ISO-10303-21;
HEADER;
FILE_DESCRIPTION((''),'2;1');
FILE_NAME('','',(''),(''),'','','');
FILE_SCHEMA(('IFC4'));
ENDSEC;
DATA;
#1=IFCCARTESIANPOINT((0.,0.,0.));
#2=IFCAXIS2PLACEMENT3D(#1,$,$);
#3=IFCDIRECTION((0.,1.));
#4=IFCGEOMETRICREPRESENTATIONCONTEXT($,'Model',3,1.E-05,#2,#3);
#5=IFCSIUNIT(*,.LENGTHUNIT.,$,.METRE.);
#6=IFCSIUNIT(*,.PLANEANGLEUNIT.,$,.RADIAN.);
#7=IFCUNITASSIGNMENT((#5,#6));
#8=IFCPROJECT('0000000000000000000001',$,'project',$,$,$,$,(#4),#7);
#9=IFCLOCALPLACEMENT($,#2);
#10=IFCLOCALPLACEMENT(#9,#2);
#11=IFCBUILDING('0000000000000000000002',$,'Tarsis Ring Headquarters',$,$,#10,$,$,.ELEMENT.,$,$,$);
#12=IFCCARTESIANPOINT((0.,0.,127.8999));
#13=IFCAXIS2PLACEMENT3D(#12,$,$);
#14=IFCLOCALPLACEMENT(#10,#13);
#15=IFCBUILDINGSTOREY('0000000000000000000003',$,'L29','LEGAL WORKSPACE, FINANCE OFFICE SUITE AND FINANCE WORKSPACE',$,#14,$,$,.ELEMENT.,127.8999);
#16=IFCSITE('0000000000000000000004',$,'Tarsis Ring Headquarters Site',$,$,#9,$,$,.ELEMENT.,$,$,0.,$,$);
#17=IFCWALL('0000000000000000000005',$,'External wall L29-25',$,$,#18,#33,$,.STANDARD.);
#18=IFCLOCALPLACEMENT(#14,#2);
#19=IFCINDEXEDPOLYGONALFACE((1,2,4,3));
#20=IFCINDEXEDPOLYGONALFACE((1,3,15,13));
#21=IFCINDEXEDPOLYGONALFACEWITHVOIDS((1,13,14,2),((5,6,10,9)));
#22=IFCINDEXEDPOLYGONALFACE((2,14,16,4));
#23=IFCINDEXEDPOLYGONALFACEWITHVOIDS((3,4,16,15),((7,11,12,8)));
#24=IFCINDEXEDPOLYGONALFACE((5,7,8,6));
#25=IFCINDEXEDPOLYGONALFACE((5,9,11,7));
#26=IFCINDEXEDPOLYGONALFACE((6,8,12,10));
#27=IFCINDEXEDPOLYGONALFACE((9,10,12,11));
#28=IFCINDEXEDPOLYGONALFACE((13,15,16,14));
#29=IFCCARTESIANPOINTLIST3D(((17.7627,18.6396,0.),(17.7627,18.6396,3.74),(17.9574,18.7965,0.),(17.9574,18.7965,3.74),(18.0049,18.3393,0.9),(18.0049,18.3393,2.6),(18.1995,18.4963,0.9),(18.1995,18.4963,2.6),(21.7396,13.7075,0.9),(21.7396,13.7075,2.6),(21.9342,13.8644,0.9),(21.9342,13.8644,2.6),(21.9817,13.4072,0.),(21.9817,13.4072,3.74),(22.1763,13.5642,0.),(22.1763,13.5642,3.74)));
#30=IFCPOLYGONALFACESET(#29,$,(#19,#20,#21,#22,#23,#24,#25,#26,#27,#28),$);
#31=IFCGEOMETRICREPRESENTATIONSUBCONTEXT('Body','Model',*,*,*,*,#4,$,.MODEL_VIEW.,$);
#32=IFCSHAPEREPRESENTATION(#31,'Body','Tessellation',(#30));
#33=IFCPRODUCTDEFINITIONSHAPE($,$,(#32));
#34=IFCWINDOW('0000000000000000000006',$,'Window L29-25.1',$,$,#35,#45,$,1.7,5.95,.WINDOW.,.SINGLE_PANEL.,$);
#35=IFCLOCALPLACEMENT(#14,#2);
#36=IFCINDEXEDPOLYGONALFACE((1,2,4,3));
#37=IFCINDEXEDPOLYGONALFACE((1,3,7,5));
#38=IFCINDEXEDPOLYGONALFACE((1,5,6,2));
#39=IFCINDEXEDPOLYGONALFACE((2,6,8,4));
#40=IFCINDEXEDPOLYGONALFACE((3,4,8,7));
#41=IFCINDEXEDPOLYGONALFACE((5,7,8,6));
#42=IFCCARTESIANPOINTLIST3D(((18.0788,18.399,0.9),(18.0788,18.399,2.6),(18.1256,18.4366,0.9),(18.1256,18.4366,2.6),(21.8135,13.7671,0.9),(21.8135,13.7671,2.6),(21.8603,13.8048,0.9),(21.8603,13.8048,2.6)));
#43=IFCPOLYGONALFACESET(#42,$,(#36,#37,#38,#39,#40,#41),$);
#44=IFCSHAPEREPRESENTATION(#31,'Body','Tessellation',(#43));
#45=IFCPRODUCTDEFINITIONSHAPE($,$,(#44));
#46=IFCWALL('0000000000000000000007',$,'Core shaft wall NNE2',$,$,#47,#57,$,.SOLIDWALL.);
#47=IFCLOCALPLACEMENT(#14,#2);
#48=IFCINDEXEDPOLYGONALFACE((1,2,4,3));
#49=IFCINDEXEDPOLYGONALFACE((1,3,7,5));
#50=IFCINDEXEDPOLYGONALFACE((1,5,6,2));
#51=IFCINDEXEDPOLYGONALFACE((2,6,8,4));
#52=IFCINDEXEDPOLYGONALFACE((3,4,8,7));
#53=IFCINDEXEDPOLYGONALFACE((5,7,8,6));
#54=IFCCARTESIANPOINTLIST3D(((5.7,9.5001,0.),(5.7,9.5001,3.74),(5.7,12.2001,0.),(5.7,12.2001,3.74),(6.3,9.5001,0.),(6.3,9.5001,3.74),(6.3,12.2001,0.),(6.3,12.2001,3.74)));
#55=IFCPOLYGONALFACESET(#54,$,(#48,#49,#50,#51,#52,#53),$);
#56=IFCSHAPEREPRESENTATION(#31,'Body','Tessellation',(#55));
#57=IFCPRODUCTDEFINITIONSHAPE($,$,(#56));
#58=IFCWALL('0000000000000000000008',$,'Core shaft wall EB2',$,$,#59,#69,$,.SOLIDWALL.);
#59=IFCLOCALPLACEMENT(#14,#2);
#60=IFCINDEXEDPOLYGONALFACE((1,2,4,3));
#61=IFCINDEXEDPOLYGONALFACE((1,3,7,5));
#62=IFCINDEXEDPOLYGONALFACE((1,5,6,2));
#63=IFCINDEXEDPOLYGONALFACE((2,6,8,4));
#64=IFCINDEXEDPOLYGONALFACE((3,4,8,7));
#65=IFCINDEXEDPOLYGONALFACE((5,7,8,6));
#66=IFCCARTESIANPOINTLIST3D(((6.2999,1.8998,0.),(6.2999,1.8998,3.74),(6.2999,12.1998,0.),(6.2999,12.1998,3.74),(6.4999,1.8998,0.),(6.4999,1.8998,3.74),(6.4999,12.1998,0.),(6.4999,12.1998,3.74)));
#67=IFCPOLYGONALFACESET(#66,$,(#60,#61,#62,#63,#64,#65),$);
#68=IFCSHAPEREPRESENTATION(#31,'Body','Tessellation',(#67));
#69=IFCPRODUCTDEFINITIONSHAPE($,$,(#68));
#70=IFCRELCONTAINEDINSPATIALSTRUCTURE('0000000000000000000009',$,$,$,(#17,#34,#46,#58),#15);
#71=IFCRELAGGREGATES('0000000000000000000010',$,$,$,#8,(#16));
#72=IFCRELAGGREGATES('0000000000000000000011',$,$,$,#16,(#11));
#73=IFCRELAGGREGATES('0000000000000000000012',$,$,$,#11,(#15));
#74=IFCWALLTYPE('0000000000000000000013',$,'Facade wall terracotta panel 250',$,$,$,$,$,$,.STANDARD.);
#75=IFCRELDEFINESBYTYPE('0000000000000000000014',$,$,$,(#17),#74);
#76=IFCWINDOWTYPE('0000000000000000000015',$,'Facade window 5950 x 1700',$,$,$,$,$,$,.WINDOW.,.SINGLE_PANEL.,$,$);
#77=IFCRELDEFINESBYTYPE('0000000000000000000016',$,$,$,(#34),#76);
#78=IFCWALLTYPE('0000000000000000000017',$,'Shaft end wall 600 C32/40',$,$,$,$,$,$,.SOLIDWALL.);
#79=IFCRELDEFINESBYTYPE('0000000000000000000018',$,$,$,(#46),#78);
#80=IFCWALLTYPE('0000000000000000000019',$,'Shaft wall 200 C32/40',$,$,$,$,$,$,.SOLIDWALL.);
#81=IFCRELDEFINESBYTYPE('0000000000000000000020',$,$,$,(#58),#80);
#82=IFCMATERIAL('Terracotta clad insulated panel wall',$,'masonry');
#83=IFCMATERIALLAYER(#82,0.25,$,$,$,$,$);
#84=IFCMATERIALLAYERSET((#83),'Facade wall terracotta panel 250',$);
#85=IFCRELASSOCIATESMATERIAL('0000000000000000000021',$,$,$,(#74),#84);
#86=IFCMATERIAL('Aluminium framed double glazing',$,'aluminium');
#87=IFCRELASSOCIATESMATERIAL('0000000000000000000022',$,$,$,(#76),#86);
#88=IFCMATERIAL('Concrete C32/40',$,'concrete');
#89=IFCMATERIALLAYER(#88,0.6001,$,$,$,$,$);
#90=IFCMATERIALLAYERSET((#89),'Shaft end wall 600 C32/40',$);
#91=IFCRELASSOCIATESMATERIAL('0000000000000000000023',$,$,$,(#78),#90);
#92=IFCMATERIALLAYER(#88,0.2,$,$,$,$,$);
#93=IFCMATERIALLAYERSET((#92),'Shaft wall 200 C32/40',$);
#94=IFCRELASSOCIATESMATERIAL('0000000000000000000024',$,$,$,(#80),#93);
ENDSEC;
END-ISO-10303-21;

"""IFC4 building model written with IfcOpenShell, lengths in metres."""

from ifc_helpers import new_model, si_unit, direction, frame, frame_2d, origin, place, context, subcontext, project, spatial, rectangle, extrude, material, layer, layer_set, type_object, element, fill, save


model = new_model("IFC4")

# Units and contexts
model_context = context("Model", 3, precision=1e-05, world=origin(), true_north=direction((0.0, 1.0)))
body_context = subcontext(model_context, "Body", "Model", "MODEL_VIEW")
ifc_project = project(units=[si_unit("LENGTHUNIT", "METRE"), si_unit("PLANEANGLEUNIT", "RADIAN")], contexts=[model_context])

# Site, building, storey
site_placement = place(None, origin())
site = spatial("IfcSite", under=ifc_project, at=site_placement, Name="Tarsis Ring Headquarters Site", CompositionType="ELEMENT", RefElevation=0.0)
building_placement = place(site_placement, origin())
building = spatial("IfcBuilding", under=site, at=building_placement, Name="Tarsis Ring Headquarters", CompositionType="ELEMENT")
storey_placement = place(building_placement, frame((0.0, 0.0, 127.8999)))
storey = spatial("IfcBuildingStorey", under=building, at=storey_placement, Name="L29", Description="LEGAL WORKSPACE, FINANCE OFFICE SUITE AND FINANCE WORKSPACE", CompositionType="ELEMENT", Elevation=127.8999)

# Wall, opening, window
ifc_material_1 = material(Name="Terracotta clad insulated panel wall", Category="masonry")
ifc_layer_1 = layer(ifc_material_1, 0.25)
ifc_layer_set_1 = layer_set([ifc_layer_1], Name="Facade wall terracotta panel 250")
wall_type_1 = type_object("IfcWallType", Name="Facade wall terracotta panel 250", PredefinedType="STANDARD", material=ifc_layer_set_1)
ifc_material_2 = material(Name="Aluminium framed double glazing", Category="aluminium")
window_type = type_object("IfcWindowType", Name="Facade window 5950 x 1700", PartitioningType="SINGLE_PANEL", PredefinedType="WINDOW", material=ifc_material_2)
wall_1_placement = place(storey_placement, frame((22.0791, 13.4856, 0.0), z_axis=(0.0, 0.0, 1.0), x_axis=(-0.627689, 0.778464, 0.0)))
wall_1 = element("IfcWall", 1, at=wall_1_placement, inside=storey, type_object=wall_type_1, Name="External wall L29-25", PredefinedType="STANDARD", context=body_context, shape_type="SweptSolid", body=[
    extrude(rectangle(XDim=6.7214, YDim=0.25, at=frame_2d((3.3608, 0.0))), origin(), (0.0, 0.0, 1.0), 3.74),
])
opening_1_placement = place(wall_1_placement, frame((0.3857, 0.0, 0.8999)))
opening_1 = element("IfcOpeningElement", 2, at=opening_1_placement, cuts=wall_1, PredefinedType="OPENING", context=body_context, shape_type="SweptSolid", body=[
    extrude(rectangle(XDim=5.95, YDim=1.7, at=frame_2d((2.9751, 0.8501))), frame((0.0, 0.135, 0.0), z_axis=(0.0, -1.0, 0.0), x_axis=(1.0, 0.0, 0.0)), (0.0, 0.0, 1.0), 0.27),
])
window_1_placement = place(opening_1_placement, origin())
window_1 = element("IfcWindow", 3, at=window_1_placement, inside=storey, type_object=window_type, Name="Window L29-25.1", OverallHeight=1.7, OverallWidth=5.95, PartitioningType="SINGLE_PANEL", PredefinedType="WINDOW", context=body_context, shape_type="SweptSolid", body=[
    extrude(rectangle(XDim=5.95, YDim=1.7, at=frame_2d((2.9751, 0.8501))), frame((0.0, 0.03, 0.0), z_axis=(0.0, -1.0, 0.0), x_axis=(1.0, 0.0, 0.0)), (0.0, 0.0, 1.0), 0.0601),
])
fill(opening_1, window_1)

# Walls
ifc_material_3 = material(Name="Concrete C32/40", Category="concrete")
ifc_layer_2 = layer(ifc_material_3, 0.6001)
ifc_layer_set_2 = layer_set([ifc_layer_2], Name="Shaft end wall 600 C32/40")
wall_type_2 = type_object("IfcWallType", Name="Shaft end wall 600 C32/40", PredefinedType="SOLIDWALL", material=ifc_layer_set_2)
wall_2_placement = place(storey_placement, frame((6.0, 9.5, 0.0), z_axis=(0.0, 0.0, 1.0), x_axis=(0.0, 1.0, 0.0)))
element("IfcWall", 4, at=wall_2_placement, inside=storey, type_object=wall_type_2, Name="Core shaft wall NNE2", PredefinedType="SOLIDWALL", context=body_context, shape_type="SweptSolid", body=[
    extrude(rectangle(XDim=2.7, YDim=0.6001, at=frame_2d((1.3501, 0.0))), origin(), (0.0, 0.0, 1.0), 3.74),
])
ifc_layer_3 = layer(ifc_material_3, 0.2)
ifc_layer_set_3 = layer_set([ifc_layer_3], Name="Shaft wall 200 C32/40")
wall_type_3 = type_object("IfcWallType", Name="Shaft wall 200 C32/40", PredefinedType="SOLIDWALL", material=ifc_layer_set_3)
wall_3_placement = place(storey_placement, frame((6.3999, 1.8999, 0.0), z_axis=(0.0, 0.0, 1.0), x_axis=(0.0, 1.0, 0.0)))
element("IfcWall", 5, at=wall_3_placement, inside=storey, type_object=wall_type_3, Name="Core shaft wall EB2", PredefinedType="SOLIDWALL", context=body_context, shape_type="SweptSolid", body=[
    extrude(rectangle(XDim=10.3, YDim=0.2, at=frame_2d((5.1499, 0.0))), origin(), (0.0, 0.0, 1.0), 3.74),
])

save(model, "model.ifc")
